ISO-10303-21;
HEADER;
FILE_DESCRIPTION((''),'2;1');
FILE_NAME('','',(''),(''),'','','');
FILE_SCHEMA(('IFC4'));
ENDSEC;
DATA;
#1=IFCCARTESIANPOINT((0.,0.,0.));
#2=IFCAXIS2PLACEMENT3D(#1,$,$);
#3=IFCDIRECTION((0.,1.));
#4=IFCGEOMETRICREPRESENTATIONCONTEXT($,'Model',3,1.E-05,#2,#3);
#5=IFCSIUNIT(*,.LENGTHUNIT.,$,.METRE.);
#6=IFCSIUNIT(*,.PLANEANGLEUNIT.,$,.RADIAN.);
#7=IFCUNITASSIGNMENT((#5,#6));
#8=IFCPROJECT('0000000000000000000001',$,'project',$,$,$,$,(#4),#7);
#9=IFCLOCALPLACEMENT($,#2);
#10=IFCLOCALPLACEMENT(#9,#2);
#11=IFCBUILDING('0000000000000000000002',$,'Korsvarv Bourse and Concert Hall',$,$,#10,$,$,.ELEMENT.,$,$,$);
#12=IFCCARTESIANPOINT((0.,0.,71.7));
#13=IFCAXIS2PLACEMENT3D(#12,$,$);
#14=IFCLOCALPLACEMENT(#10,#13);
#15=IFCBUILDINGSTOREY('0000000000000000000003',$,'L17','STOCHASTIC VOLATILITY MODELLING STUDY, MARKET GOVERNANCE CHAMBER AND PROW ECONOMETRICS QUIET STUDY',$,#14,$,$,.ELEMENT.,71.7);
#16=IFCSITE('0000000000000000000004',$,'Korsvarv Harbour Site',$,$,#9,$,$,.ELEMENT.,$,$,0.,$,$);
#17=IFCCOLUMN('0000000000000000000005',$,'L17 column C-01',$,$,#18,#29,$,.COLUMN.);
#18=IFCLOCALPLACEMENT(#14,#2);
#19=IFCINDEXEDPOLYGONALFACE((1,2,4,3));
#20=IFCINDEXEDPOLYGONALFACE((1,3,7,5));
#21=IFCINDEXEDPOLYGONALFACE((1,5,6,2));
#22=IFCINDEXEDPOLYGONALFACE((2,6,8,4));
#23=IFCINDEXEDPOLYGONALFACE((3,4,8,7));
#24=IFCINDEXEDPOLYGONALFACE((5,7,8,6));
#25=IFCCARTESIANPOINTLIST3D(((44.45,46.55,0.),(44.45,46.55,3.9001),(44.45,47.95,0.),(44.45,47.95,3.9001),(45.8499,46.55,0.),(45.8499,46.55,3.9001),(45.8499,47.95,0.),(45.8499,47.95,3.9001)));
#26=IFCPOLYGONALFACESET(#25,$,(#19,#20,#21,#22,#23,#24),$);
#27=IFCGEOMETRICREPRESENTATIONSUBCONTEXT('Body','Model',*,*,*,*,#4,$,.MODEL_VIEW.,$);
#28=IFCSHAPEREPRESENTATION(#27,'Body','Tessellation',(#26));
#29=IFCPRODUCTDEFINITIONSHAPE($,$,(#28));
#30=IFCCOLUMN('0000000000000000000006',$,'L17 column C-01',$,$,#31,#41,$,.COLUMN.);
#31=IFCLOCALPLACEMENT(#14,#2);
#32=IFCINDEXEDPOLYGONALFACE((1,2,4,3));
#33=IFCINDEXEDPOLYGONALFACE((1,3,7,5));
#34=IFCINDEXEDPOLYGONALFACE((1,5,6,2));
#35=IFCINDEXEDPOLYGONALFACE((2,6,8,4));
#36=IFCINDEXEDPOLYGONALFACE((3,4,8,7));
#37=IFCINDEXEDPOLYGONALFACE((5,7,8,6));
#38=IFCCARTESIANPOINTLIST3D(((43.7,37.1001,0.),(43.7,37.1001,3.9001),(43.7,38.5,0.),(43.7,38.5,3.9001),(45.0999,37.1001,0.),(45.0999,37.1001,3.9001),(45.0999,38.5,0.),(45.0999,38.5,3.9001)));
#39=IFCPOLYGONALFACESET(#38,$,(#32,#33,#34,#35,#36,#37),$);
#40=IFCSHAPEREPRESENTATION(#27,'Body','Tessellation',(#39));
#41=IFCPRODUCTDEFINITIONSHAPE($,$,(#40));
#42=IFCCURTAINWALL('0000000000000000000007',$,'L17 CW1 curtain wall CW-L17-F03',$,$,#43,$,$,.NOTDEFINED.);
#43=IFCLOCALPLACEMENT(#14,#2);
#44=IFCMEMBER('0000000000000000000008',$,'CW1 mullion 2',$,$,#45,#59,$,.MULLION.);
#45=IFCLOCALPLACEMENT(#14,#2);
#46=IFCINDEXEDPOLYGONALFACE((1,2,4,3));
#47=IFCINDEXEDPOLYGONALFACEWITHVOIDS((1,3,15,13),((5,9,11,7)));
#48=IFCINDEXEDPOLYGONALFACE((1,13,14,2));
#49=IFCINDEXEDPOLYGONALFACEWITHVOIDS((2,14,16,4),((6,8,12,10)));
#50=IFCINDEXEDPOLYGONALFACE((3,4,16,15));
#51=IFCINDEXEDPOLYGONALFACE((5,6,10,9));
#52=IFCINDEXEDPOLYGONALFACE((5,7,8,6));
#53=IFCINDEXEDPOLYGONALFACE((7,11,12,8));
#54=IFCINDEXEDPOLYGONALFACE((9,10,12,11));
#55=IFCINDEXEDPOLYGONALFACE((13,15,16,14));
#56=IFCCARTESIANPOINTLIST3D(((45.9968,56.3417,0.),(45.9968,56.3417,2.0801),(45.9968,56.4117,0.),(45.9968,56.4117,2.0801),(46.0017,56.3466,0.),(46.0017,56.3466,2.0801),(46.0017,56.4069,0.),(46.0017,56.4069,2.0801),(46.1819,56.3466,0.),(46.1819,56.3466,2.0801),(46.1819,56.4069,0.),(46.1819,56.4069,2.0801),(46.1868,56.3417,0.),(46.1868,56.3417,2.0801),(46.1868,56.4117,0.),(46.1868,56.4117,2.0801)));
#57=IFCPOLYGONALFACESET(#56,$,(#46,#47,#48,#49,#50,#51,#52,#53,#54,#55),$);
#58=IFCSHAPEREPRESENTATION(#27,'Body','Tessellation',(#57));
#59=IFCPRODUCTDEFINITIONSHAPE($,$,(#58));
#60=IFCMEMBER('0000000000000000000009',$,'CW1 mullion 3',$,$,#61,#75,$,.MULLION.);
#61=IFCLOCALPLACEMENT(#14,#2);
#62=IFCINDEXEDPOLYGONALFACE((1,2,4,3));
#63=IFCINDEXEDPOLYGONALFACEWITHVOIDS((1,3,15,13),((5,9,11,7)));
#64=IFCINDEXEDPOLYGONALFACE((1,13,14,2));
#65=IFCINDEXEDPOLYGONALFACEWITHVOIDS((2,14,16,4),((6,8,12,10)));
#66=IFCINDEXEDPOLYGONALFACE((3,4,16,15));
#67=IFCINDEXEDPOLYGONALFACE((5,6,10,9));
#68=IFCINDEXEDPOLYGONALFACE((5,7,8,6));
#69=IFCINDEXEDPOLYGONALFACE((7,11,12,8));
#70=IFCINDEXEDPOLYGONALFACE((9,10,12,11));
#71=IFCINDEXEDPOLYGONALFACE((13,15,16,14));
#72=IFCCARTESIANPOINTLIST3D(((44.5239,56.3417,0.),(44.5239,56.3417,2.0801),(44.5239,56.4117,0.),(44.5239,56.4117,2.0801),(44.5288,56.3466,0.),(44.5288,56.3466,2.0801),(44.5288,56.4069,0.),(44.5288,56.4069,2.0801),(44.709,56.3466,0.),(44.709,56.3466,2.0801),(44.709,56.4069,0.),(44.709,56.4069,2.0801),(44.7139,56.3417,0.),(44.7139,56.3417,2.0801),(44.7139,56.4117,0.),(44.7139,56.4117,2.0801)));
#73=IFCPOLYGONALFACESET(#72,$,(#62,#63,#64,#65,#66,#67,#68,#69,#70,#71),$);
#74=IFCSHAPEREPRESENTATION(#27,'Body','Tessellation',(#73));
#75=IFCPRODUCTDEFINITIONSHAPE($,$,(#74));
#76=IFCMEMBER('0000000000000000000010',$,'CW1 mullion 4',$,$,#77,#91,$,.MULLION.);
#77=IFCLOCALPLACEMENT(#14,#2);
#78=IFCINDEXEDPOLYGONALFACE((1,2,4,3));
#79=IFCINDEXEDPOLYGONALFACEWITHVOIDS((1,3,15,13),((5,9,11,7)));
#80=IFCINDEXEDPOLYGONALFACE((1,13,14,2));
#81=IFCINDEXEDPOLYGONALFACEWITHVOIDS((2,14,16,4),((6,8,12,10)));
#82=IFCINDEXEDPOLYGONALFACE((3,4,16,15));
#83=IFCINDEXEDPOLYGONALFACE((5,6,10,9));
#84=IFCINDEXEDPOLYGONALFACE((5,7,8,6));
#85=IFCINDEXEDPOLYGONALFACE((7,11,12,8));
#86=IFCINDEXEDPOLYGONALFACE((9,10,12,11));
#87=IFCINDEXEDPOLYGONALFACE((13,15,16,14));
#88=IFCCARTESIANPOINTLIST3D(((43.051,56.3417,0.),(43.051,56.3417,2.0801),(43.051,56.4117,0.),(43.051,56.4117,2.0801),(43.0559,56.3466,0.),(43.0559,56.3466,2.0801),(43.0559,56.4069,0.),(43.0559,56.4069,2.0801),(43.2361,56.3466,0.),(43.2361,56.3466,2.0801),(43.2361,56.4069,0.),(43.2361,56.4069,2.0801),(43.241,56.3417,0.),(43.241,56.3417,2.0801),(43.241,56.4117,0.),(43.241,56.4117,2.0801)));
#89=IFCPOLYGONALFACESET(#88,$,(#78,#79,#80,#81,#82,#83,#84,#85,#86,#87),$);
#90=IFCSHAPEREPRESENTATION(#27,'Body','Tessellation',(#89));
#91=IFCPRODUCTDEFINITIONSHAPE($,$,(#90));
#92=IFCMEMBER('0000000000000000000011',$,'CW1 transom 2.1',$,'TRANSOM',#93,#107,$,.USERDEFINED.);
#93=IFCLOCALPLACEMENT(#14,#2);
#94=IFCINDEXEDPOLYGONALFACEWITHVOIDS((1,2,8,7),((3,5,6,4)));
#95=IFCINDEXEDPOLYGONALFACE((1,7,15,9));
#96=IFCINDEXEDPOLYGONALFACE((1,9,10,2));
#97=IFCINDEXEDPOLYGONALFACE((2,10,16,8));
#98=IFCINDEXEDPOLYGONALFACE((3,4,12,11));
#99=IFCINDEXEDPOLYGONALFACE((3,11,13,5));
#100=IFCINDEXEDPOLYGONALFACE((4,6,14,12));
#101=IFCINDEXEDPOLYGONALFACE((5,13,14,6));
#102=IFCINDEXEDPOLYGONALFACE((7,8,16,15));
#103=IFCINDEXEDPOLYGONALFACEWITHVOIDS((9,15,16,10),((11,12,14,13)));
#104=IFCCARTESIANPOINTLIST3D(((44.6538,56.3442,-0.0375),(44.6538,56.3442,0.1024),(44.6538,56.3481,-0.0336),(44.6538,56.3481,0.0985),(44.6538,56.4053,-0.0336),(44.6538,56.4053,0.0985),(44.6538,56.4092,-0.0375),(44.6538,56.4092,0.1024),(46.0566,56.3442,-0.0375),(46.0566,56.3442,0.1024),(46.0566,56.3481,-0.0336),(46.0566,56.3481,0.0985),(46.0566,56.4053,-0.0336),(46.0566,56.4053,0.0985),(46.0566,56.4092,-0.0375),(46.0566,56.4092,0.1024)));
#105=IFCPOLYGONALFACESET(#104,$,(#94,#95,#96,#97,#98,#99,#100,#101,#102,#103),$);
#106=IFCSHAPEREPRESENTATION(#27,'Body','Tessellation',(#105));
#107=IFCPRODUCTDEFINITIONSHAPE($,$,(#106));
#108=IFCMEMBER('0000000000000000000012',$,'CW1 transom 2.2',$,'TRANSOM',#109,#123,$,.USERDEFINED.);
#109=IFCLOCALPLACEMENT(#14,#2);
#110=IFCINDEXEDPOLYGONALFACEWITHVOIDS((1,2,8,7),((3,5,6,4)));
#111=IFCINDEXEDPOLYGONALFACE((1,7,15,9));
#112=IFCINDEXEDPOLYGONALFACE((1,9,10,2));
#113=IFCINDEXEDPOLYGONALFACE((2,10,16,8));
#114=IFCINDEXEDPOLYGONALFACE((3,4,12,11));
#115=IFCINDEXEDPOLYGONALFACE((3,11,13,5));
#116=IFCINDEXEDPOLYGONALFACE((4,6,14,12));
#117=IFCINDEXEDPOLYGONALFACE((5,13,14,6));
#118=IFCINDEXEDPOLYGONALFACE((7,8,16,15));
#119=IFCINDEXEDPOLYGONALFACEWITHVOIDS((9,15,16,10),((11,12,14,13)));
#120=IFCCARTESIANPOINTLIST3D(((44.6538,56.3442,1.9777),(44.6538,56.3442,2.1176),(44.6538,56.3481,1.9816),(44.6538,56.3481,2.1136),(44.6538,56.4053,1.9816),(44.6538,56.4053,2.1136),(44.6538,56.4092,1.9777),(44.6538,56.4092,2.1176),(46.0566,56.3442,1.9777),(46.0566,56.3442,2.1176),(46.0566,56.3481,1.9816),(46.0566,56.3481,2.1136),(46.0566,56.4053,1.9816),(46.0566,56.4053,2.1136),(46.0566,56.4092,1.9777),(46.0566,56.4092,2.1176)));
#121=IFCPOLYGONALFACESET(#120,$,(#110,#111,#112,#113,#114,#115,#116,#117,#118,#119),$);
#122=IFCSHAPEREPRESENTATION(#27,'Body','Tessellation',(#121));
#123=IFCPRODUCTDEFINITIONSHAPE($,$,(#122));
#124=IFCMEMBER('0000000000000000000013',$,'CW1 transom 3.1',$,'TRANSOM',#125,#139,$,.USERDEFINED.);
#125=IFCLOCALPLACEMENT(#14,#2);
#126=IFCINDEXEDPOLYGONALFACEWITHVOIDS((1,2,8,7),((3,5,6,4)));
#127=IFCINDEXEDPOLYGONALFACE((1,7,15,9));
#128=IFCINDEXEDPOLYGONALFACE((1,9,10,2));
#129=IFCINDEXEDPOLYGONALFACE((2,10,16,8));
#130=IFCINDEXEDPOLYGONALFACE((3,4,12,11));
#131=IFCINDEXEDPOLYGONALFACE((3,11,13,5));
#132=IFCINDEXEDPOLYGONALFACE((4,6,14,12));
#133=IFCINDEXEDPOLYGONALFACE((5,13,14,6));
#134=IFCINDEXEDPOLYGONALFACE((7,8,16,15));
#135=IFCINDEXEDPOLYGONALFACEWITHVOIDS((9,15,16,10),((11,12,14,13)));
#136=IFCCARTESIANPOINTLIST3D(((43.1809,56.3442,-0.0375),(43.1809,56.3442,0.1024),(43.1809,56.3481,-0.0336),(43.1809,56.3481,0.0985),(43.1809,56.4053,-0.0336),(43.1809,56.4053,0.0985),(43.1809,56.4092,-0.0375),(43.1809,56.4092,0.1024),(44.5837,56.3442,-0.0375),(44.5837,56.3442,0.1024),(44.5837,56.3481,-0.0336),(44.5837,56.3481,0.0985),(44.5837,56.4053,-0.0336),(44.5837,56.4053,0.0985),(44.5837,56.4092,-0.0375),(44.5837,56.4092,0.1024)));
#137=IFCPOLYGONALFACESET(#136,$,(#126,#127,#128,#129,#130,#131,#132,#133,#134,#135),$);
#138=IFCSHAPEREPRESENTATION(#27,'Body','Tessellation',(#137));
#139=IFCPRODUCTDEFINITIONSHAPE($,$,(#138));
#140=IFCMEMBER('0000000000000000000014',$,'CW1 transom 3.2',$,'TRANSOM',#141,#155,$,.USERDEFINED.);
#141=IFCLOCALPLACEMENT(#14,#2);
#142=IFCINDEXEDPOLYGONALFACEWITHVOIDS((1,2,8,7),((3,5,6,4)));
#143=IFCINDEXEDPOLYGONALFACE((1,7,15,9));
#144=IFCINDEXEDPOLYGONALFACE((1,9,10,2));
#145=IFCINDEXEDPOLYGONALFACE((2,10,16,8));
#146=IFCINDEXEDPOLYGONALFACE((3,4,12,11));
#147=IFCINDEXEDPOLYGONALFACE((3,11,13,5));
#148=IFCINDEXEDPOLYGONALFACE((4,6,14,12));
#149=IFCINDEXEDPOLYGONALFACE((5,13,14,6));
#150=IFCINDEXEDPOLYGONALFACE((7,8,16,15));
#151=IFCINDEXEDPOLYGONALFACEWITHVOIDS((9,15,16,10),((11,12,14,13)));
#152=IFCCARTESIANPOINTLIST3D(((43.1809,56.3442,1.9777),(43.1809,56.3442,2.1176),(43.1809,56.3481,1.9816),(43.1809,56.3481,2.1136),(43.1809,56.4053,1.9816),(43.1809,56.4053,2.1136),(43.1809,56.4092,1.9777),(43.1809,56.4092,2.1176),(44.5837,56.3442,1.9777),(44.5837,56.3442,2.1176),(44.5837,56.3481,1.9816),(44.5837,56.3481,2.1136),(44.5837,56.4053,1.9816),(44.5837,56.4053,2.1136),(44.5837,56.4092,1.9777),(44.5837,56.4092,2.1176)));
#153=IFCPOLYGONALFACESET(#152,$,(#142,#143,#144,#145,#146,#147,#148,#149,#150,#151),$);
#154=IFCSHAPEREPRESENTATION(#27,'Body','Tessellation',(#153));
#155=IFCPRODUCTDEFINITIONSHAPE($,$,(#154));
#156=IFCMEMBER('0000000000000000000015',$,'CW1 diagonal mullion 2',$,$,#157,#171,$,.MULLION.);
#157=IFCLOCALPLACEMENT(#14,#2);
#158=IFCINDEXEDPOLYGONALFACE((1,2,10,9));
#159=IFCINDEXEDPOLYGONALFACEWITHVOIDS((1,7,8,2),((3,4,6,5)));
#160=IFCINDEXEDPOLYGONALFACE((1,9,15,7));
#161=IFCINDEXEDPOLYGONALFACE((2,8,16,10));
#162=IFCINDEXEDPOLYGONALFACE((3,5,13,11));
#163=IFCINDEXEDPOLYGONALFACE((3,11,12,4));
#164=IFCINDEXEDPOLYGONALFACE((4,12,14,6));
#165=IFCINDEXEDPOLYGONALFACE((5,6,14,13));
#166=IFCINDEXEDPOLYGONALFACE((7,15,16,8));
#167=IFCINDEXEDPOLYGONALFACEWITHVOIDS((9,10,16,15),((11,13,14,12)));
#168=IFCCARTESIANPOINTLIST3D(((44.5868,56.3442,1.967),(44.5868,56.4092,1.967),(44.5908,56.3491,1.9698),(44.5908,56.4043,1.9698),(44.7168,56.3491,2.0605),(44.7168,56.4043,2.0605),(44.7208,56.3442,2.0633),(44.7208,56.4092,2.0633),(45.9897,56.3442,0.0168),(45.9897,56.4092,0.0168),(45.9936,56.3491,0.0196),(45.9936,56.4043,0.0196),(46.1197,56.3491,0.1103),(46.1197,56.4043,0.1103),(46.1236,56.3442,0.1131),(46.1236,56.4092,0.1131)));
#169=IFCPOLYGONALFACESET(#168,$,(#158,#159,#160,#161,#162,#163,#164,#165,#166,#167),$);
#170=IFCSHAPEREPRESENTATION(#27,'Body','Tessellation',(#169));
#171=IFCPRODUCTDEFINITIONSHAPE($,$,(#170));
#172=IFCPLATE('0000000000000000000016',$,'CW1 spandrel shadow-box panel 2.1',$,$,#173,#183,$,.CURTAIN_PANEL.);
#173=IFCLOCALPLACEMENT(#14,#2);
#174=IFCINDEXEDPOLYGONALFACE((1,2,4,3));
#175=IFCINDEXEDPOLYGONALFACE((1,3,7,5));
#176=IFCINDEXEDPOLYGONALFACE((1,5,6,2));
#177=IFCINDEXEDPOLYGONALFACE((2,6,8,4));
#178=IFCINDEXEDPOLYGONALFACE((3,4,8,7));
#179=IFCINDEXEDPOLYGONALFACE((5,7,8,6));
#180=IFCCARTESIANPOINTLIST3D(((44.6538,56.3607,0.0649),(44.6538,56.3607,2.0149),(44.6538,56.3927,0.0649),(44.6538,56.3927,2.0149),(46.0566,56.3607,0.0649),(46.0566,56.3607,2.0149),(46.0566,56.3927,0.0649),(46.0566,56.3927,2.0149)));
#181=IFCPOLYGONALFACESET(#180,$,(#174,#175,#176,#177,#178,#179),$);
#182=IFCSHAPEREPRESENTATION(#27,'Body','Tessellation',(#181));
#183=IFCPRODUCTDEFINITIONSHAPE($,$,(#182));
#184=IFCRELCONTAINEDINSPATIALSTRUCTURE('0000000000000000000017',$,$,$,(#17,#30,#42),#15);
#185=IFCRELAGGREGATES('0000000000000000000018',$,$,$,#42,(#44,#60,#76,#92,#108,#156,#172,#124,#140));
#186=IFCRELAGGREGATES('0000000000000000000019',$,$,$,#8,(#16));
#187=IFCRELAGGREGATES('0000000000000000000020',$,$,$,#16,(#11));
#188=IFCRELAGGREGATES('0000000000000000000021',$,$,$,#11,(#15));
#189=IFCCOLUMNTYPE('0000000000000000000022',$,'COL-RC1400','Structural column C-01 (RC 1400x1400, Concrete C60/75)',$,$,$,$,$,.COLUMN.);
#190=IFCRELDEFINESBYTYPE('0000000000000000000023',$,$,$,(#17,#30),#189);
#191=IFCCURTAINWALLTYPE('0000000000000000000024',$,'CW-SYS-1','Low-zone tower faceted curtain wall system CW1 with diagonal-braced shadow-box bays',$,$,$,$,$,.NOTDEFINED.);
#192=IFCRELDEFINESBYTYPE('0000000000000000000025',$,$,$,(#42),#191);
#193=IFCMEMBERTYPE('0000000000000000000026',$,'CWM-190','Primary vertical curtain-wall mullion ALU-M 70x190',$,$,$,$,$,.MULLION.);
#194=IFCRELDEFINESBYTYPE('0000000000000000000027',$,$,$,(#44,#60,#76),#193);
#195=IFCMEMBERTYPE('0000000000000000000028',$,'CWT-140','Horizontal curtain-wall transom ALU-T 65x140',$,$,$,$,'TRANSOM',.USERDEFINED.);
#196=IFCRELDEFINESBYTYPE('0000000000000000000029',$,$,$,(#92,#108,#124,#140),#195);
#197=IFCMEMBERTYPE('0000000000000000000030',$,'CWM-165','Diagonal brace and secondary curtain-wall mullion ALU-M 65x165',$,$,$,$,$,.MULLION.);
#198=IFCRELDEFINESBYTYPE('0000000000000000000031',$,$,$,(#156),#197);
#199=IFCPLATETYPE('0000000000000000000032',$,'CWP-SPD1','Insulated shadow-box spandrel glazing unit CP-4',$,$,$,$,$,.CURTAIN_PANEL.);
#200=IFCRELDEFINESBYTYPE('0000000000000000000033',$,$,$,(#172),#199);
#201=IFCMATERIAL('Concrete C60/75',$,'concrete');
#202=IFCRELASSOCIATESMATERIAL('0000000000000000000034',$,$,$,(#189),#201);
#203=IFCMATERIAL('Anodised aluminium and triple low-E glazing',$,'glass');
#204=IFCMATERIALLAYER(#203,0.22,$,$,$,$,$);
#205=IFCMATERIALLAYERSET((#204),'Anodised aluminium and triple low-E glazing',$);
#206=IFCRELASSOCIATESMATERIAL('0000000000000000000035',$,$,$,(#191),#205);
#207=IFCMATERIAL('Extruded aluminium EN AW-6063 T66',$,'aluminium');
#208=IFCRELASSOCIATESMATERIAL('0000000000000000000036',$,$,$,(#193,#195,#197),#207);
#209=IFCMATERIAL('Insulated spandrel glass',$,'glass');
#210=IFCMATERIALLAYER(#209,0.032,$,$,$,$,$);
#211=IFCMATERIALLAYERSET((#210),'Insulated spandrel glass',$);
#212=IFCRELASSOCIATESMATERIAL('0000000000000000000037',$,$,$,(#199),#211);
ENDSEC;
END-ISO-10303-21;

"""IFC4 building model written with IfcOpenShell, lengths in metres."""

from ifc_helpers import new_model, si_unit, direction, frame, origin, origin_2d, place, context, subcontext, project, spatial, rectangle, hollow_rectangle, extrude, source, transform, mapped, material, layer, layer_set, material_profile, profile_set, type_object, element, aggregate, save


model = new_model("IFC4")

# Units and contexts
model_context = context("Model", 3, precision=1e-05, world=origin(), true_north=direction((0.0, 1.0)))
body_context = subcontext(model_context, "Body", "Model", "MODEL_VIEW")
ifc_project = project(units=[si_unit("LENGTHUNIT", "METRE"), si_unit("PLANEANGLEUNIT", "RADIAN")], contexts=[model_context])

# Site, building, storey
site_placement = place(None, origin())
site = spatial("IfcSite", under=ifc_project, at=site_placement, Name="Korsvarv Harbour Site", CompositionType="ELEMENT", RefElevation=0.0)
building_placement = place(site_placement, origin())
building = spatial("IfcBuilding", under=site, at=building_placement, Name="Korsvarv Bourse and Concert Hall", CompositionType="ELEMENT")
storey_placement = place(building_placement, frame((0.0, 0.0, 71.7)))
storey = spatial("IfcBuildingStorey", under=building, at=storey_placement, Name="L17", Description="STOCHASTIC VOLATILITY MODELLING STUDY, MARKET GOVERNANCE CHAMBER AND PROW ECONOMETRICS QUIET STUDY", CompositionType="ELEMENT", Elevation=71.7)

# Columns
ifc_material_1 = material(Name="Concrete C60/75", Category="concrete")
ifc_material_profile_1 = material_profile(ifc_material_1, rectangle(XDim=1.3999, YDim=1.3999, at=origin_2d()), Name="RC 1400x1400")
ifc_profile_set_1 = profile_set([ifc_material_profile_1], Name="Concrete C60/75")
column_type = type_object("IfcColumnType", Name="COL-RC1400", Description="Structural column C-01 (RC 1400x1400, Concrete C60/75)", PredefinedType="COLUMN", material=ifc_profile_set_1)
shared_shape_1 = source(origin(), body_context, "Body", "SweptSolid", [
    extrude(rectangle(XDim=1.3999, YDim=1.3999, at=origin_2d()), origin(), (0.0, 0.0, 1.0), 3.9001),
])
for number, where, z_axis, x_axis, name in (
    (1, (45.1499, 47.25, 0.0), (0.0, 0.0, 1.0), (1.0, 0.0, 0.0), "L17 column C-01"),
    (2, (44.3999, 37.8, 0.0), (0.0, 0.0, 1.0), (1.0, 0.0, 0.0), "L17 column C-01"),
):
    element("IfcColumn", number, at=place(storey_placement, frame(where, z_axis=z_axis, x_axis=x_axis)), inside=storey, type_object=column_type, Name=name, PredefinedType="COLUMN", context=body_context, shape_type="MappedRepresentation", body=[
        mapped(shared_shape_1, transform((0.0, 0.0, 0.0), scale=1.0)),
    ])

# Curtain wall, members, plate
ifc_material_2 = material(Name="Anodised aluminium and triple low-E glazing", Category="glass")
ifc_layer_1 = layer(ifc_material_2, 0.22)
ifc_layer_set_1 = layer_set([ifc_layer_1], Name="Anodised aluminium and triple low-E glazing")
curtain_wall_type = type_object("IfcCurtainWallType", Name="CW-SYS-1", Description="Low-zone tower faceted curtain wall system CW1 with diagonal-braced shadow-box bays", PredefinedType="NOTDEFINED", material=ifc_layer_set_1)
curtain_wall_placement = place(storey_placement, origin())
curtain_wall = element("IfcCurtainWall", 3, at=curtain_wall_placement, inside=storey, type_object=curtain_wall_type, Name="L17 CW1 curtain wall CW-L17-F03", PredefinedType="NOTDEFINED")
ifc_material_3 = material(Name="Extruded aluminium EN AW-6063 T66", Category="aluminium")
ifc_material_profile_2 = material_profile(ifc_material_3, hollow_rectangle(XDim=0.0701, YDim=0.1899, WallThickness=0.0049, at=origin_2d()), Name="ALU-M 70x190")
ifc_profile_set_2 = profile_set([ifc_material_profile_2], Name="Extruded aluminium EN AW-6063 T66")
member_type_1 = type_object("IfcMemberType", Name="CWM-190", Description="Primary vertical curtain-wall mullion ALU-M 70x190", PredefinedType="MULLION", material=ifc_profile_set_2)
shared_shape_2 = source(origin(), body_context, "Body", "SweptSolid", [
    extrude(hollow_rectangle(XDim=0.0701, YDim=0.1899, WallThickness=0.0049, at=origin_2d()), origin(), (0.0, 0.0, 1.0), 2.0801),
])
member_1_placement = place(storey_placement, frame((46.0918, 56.3767, 0.0), z_axis=(0.0, 0.0, 1.0), x_axis=(0.0, -1.0, 0.0)))
member_1 = element("IfcMember", 4, at=member_1_placement, type_object=member_type_1, Name="CW1 mullion 2", PredefinedType="MULLION", context=body_context, shape_type="MappedRepresentation", body=[
    mapped(shared_shape_2, transform((0.0, 0.0, 0.0), scale=1.0)),
])
member_2_placement = place(storey_placement, frame((44.6189, 56.3767, 0.0), z_axis=(0.0, 0.0, 1.0), x_axis=(0.0, -1.0, 0.0)))
member_2 = element("IfcMember", 5, at=member_2_placement, type_object=member_type_1, Name="CW1 mullion 3", PredefinedType="MULLION", context=body_context, shape_type="MappedRepresentation", body=[
    mapped(shared_shape_2, transform((0.0, 0.0, 0.0), scale=1.0)),
])
member_3_placement = place(storey_placement, frame((43.146, 56.3767, 0.0), z_axis=(0.0, 0.0, 1.0), x_axis=(0.0, -1.0, 0.0)))
member_3 = element("IfcMember", 6, at=member_3_placement, type_object=member_type_1, Name="CW1 mullion 4", PredefinedType="MULLION", context=body_context, shape_type="MappedRepresentation", body=[
    mapped(shared_shape_2, transform((0.0, 0.0, 0.0), scale=1.0)),
])
ifc_material_profile_3 = material_profile(ifc_material_3, hollow_rectangle(XDim=0.0649, YDim=0.1399, WallThickness=0.0039, at=origin_2d()), Name="ALU-T 65x140")
ifc_profile_set_3 = profile_set([ifc_material_profile_3], Name="Extruded aluminium EN AW-6063 T66")
member_type_2 = type_object("IfcMemberType", Name="CWT-140", Description="Horizontal curtain-wall transom ALU-T 65x140", ElementType="TRANSOM", PredefinedType="USERDEFINED", material=ifc_profile_set_3)
shared_shape_3 = source(origin(), body_context, "Body", "SweptSolid", [
    extrude(hollow_rectangle(XDim=0.0649, YDim=0.1399, WallThickness=0.0039, at=origin_2d()), origin(), (0.0, 0.0, 1.0), 1.4028),
])
member_4_placement = place(storey_placement, frame((46.0566, 56.3767, 0.0325), z_axis=(-1.0, 0.0, 0.0), x_axis=(0.0, -1.0, 0.0)))
member_4 = element("IfcMember", 7, at=member_4_placement, type_object=member_type_2, Name="CW1 transom 2.1", ObjectType="TRANSOM", PredefinedType="USERDEFINED", context=body_context, shape_type="MappedRepresentation", body=[
    mapped(shared_shape_3, transform((0.0, 0.0, 0.0), scale=1.0)),
])
member_5_placement = place(storey_placement, frame((46.0566, 56.3767, 2.0476), z_axis=(-1.0, 0.0, 0.0), x_axis=(0.0, -1.0, 0.0)))
member_5 = element("IfcMember", 8, at=member_5_placement, type_object=member_type_2, Name="CW1 transom 2.2", ObjectType="TRANSOM", PredefinedType="USERDEFINED", context=body_context, shape_type="MappedRepresentation", body=[
    mapped(shared_shape_3, transform((0.0, 0.0, 0.0), scale=1.0)),
])
member_6_placement = place(storey_placement, frame((44.5837, 56.3767, 0.0325), z_axis=(-1.0, 0.0, 0.0), x_axis=(0.0, -1.0, 0.0)))
member_6 = element("IfcMember", 9, at=member_6_placement, type_object=member_type_2, Name="CW1 transom 3.1", ObjectType="TRANSOM", PredefinedType="USERDEFINED", context=body_context, shape_type="MappedRepresentation", body=[
    mapped(shared_shape_3, transform((0.0, 0.0, 0.0), scale=1.0)),
])
member_7_placement = place(storey_placement, frame((44.5837, 56.3767, 2.0476), z_axis=(-1.0, 0.0, 0.0), x_axis=(0.0, -1.0, 0.0)))
member_7 = element("IfcMember", 10, at=member_7_placement, type_object=member_type_2, Name="CW1 transom 3.2", ObjectType="TRANSOM", PredefinedType="USERDEFINED", context=body_context, shape_type="MappedRepresentation", body=[
    mapped(shared_shape_3, transform((0.0, 0.0, 0.0), scale=1.0)),
])
ifc_material_profile_4 = material_profile(ifc_material_3, hollow_rectangle(XDim=0.0649, YDim=0.165, WallThickness=0.0049, at=origin_2d()), Name="ALU-M 65x165")
ifc_profile_set_4 = profile_set([ifc_material_profile_4], Name="Extruded aluminium EN AW-6063 T66")
member_type_3 = type_object("IfcMemberType", Name="CWM-165", Description="Diagonal brace and secondary curtain-wall mullion ALU-M 65x165", PredefinedType="MULLION", material=ifc_profile_set_4)
shared_shape_4 = source(origin(), body_context, "Body", "SweptSolid", [
    extrude(hollow_rectangle(XDim=0.0649, YDim=0.165, WallThickness=0.0049, at=origin_2d()), origin(), (0.0, 0.0, 1.0), 2.4023),
])
member_8_placement = place(storey_placement, frame((46.0566, 56.3767, 0.0649), z_axis=(-0.583946, 0.0, 0.811793), x_axis=(0.0, -1.0, 0.0)))
member_8 = element("IfcMember", 11, at=member_8_placement, type_object=member_type_3, Name="CW1 diagonal mullion 2", PredefinedType="MULLION", context=body_context, shape_type="MappedRepresentation", body=[
    mapped(shared_shape_4, transform((0.0, 0.0, 0.0), scale=1.0)),
])
ifc_material_4 = material(Name="Insulated spandrel glass", Category="glass")
ifc_layer_2 = layer(ifc_material_4, 0.032)
ifc_layer_set_2 = layer_set([ifc_layer_2], Name="Insulated spandrel glass")
plate_type_1 = type_object("IfcPlateType", Name="CWP-SPD1", Description="Insulated shadow-box spandrel glazing unit CP-4", PredefinedType="CURTAIN_PANEL", material=ifc_layer_set_2)
shared_shape_5 = source(origin(), body_context, "Body", "SweptSolid", [
    extrude(rectangle(XDim=1.4028, YDim=0.032, at=origin_2d()), origin(), (0.0, 0.0, 1.0), 1.95),
])
plate_1_placement = place(storey_placement, frame((45.3552, 56.3767, 0.0649), z_axis=(0.0, 0.0, 1.0), x_axis=(-1.0, 0.0, 0.0)))
plate_1 = element("IfcPlate", 12, at=plate_1_placement, type_object=plate_type_1, Name="CW1 spandrel shadow-box panel 2.1", PredefinedType="CURTAIN_PANEL", context=body_context, shape_type="MappedRepresentation", body=[
    mapped(shared_shape_5, transform((0.0, 0.0, 0.0), scale=1.0)),
])
aggregate(curtain_wall, [member_1, member_2, member_3, member_4, member_5, member_8, plate_1, member_6, member_7])

save(model, "model.ifc")
